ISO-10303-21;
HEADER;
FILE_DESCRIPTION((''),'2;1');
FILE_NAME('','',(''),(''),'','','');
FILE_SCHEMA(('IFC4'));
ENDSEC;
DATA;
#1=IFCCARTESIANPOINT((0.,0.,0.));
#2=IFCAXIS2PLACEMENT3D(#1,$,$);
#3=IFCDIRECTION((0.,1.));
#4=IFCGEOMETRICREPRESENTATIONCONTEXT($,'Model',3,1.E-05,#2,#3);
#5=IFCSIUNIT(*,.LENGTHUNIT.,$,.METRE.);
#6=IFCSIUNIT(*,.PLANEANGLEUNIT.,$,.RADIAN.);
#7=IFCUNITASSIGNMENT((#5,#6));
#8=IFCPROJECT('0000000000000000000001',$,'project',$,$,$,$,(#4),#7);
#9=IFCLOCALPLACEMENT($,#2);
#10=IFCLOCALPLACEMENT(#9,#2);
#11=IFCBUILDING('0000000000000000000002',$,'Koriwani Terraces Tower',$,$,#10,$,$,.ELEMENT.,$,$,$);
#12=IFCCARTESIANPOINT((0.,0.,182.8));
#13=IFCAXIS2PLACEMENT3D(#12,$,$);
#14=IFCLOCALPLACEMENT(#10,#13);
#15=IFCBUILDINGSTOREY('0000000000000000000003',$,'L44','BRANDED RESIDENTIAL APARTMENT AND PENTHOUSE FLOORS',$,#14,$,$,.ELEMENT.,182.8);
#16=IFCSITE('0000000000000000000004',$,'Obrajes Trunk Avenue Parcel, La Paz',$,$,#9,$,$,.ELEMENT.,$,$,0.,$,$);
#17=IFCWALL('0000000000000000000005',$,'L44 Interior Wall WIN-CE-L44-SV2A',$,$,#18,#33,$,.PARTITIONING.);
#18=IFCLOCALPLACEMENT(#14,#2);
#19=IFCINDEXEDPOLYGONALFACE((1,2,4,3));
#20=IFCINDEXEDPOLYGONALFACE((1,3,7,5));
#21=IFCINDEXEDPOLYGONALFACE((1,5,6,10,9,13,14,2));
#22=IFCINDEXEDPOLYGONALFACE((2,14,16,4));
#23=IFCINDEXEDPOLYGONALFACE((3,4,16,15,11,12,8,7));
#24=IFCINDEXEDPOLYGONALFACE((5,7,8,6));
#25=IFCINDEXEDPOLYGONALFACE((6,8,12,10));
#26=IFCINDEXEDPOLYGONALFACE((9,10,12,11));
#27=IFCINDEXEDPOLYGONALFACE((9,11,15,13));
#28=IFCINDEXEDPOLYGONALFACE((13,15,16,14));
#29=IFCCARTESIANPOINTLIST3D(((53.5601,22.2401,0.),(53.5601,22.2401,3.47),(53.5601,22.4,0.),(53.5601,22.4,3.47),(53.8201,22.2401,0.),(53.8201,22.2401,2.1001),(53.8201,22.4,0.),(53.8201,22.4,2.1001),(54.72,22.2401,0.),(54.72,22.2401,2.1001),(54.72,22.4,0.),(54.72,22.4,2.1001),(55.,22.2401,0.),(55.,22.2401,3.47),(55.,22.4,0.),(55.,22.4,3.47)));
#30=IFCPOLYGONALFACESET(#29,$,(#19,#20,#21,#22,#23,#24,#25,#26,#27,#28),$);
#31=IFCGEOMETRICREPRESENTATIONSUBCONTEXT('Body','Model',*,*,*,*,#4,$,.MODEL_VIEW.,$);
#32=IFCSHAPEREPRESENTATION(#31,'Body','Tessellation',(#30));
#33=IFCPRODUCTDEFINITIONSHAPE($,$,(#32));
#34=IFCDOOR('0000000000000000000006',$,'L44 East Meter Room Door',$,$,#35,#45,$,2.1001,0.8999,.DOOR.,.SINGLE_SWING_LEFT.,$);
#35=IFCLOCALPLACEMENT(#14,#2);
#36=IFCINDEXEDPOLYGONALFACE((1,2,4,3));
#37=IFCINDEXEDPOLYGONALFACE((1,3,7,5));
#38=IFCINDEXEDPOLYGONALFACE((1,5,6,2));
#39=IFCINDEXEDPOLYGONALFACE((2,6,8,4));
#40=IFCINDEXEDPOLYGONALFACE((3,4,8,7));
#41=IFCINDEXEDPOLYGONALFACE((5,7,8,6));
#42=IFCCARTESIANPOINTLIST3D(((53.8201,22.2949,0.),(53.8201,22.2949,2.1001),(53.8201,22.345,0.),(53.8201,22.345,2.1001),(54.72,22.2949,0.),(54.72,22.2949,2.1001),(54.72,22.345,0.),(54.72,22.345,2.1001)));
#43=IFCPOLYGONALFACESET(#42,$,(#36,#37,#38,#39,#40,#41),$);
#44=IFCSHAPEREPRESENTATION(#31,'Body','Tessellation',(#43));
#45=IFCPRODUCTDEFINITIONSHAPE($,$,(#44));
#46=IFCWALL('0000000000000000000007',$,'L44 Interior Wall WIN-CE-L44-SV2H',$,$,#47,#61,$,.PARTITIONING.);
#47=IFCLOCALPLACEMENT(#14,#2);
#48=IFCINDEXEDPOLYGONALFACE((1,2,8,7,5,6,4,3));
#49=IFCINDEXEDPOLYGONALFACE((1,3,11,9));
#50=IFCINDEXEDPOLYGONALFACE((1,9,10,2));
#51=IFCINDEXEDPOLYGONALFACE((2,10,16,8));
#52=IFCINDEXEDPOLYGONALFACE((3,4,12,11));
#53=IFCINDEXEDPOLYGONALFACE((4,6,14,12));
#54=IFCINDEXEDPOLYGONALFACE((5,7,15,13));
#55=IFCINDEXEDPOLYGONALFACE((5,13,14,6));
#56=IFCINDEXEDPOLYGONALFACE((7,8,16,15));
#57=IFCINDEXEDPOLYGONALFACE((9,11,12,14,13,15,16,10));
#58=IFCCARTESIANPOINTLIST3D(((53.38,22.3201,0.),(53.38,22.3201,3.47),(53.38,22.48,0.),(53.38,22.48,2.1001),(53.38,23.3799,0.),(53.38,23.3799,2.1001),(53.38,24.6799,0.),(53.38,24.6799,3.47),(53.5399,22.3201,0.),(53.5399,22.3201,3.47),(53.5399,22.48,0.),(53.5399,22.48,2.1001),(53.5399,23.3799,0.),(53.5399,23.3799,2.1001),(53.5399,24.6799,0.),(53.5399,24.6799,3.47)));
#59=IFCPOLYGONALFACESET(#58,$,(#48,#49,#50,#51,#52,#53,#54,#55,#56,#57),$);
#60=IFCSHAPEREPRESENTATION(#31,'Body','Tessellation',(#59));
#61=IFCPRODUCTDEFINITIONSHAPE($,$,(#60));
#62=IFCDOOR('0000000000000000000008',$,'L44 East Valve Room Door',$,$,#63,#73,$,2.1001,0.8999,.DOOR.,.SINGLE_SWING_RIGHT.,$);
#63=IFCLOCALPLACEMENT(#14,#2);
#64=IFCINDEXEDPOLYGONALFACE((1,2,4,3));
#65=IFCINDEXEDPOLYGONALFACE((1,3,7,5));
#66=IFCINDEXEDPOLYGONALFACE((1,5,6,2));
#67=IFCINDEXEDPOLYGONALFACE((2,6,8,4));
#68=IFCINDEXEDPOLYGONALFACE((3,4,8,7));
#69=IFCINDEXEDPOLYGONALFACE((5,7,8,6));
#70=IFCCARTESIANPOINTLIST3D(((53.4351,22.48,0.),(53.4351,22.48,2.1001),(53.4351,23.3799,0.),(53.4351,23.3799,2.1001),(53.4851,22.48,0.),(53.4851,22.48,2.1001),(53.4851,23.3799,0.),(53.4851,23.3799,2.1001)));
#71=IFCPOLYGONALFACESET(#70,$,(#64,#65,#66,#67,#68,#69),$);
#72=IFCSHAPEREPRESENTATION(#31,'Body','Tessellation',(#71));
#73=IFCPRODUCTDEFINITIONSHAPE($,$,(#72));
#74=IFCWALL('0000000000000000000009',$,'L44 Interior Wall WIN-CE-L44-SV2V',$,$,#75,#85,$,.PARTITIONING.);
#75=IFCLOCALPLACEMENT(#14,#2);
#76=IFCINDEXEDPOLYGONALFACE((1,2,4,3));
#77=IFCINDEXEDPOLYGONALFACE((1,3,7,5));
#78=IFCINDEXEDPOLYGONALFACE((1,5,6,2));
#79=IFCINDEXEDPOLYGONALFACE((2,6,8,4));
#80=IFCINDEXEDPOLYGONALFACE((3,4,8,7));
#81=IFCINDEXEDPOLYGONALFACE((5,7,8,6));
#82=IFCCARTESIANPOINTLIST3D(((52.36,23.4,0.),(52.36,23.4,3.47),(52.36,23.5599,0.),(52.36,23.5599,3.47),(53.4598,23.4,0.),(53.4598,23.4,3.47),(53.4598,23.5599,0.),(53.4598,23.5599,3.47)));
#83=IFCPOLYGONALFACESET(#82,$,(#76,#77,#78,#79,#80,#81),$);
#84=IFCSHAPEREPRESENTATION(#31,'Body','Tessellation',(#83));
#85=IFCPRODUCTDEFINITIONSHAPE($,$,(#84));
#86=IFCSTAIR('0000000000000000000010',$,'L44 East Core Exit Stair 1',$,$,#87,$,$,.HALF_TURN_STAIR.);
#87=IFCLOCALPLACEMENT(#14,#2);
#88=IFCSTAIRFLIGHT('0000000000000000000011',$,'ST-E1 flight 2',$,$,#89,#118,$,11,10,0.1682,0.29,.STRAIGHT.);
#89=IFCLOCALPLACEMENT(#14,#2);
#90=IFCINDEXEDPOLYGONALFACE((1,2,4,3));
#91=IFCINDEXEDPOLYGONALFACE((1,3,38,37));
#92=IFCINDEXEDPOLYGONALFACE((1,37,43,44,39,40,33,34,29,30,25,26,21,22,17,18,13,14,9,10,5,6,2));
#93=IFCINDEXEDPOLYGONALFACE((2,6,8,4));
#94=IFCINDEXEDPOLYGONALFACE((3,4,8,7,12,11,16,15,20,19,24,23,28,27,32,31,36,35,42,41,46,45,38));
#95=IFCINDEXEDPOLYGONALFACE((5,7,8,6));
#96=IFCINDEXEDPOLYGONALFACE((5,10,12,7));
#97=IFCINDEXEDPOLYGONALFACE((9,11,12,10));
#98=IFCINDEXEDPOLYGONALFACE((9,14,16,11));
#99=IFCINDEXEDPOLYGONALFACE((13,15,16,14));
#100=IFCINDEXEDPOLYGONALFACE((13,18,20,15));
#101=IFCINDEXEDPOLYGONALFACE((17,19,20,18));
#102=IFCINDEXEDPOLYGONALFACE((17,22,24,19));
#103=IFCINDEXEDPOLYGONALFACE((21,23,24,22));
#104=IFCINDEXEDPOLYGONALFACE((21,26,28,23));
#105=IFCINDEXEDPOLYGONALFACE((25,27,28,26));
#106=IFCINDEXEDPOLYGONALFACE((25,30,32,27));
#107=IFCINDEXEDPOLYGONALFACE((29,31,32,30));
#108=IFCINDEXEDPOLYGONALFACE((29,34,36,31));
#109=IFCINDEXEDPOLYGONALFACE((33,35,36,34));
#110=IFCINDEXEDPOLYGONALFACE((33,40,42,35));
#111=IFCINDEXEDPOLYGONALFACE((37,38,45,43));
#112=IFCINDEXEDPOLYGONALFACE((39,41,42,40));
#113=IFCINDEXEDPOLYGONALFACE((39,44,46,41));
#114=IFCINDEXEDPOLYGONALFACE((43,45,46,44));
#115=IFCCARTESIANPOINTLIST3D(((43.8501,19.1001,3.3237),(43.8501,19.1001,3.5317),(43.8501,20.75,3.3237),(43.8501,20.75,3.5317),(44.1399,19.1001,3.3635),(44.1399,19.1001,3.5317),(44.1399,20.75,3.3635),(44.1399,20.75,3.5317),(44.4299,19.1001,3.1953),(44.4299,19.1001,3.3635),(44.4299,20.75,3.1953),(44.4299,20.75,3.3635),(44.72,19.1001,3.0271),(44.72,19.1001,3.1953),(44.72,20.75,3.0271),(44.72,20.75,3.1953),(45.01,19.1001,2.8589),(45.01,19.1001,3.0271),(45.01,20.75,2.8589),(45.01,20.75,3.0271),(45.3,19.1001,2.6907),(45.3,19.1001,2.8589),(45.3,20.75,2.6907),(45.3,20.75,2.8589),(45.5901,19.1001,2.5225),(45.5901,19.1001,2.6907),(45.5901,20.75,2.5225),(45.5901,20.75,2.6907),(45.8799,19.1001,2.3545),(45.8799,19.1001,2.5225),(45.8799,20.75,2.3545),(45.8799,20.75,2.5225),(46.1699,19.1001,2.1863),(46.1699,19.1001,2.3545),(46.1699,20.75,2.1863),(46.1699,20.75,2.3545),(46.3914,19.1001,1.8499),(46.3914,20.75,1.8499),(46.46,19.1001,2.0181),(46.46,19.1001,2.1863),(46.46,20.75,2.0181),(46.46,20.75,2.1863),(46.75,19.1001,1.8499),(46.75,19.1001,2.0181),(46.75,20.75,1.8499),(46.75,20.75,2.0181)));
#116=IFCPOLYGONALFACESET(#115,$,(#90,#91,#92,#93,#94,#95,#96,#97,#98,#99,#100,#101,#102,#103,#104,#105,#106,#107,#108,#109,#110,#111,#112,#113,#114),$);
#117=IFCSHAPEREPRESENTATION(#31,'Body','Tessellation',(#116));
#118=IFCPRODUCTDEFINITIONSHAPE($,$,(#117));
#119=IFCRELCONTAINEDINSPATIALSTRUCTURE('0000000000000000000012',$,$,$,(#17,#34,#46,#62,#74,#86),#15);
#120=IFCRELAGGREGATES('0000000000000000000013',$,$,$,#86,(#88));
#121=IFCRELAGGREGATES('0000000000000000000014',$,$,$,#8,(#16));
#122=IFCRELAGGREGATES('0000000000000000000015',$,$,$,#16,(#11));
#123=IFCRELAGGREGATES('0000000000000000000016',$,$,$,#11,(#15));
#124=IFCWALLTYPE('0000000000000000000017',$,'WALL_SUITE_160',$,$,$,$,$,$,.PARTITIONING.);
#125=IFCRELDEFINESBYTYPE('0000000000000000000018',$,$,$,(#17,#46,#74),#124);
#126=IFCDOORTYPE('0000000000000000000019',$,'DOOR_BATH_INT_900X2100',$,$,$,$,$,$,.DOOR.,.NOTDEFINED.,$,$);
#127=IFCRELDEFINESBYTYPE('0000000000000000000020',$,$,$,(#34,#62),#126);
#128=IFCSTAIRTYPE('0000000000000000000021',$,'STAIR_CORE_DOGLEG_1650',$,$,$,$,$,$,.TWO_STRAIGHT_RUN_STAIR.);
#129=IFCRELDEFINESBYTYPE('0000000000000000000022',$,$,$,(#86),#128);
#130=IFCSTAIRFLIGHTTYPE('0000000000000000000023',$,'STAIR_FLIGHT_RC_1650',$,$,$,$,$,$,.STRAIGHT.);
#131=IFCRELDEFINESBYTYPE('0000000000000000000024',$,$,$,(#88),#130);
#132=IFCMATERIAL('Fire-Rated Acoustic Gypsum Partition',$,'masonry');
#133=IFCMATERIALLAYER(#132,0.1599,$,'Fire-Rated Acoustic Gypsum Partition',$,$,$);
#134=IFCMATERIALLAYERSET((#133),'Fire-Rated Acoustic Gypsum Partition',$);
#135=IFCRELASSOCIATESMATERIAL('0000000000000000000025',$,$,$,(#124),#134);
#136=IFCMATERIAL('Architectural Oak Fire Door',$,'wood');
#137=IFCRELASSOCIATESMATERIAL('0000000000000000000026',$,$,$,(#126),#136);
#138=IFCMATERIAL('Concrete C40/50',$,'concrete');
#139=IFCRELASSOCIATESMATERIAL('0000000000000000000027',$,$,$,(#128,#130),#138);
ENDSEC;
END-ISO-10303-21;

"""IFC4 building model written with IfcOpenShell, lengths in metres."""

from ifc_helpers import new_model, si_unit, direction, frame, frame_2d, origin, place, context, subcontext, project, spatial, polyline, rectangle, outline, extrude, material, layer, layer_set, type_object, element, fill, aggregate, save


model = new_model("IFC4")

# Units and contexts
model_context = context("Model", 3, precision=1e-05, world=origin(), true_north=direction((0.0, 1.0)))
body_context = subcontext(model_context, "Body", "Model", "MODEL_VIEW")
ifc_project = project(units=[si_unit("LENGTHUNIT", "METRE"), si_unit("PLANEANGLEUNIT", "RADIAN")], contexts=[model_context])

# Site, building, storey
site_placement = place(None, origin())
site = spatial("IfcSite", under=ifc_project, at=site_placement, Name="Obrajes Trunk Avenue Parcel, La Paz", CompositionType="ELEMENT", RefElevation=0.0)
building_placement = place(site_placement, origin())
building = spatial("IfcBuilding", under=site, at=building_placement, Name="Koriwani Terraces Tower", CompositionType="ELEMENT")
storey_placement = place(building_placement, frame((0.0, 0.0, 182.8)))
storey = spatial("IfcBuildingStorey", under=building, at=storey_placement, Name="L44", Description="BRANDED RESIDENTIAL APARTMENT AND PENTHOUSE FLOORS", CompositionType="ELEMENT", Elevation=182.8)

# Shared definitions
ifc_material_1 = material(Name="Concrete C40/50", Category="concrete")

# Walls, openings, doors
ifc_material_2 = material(Name="Fire-Rated Acoustic Gypsum Partition", Category="masonry")
ifc_layer_1 = layer(ifc_material_2, 0.1599, Name="Fire-Rated Acoustic Gypsum Partition")
ifc_layer_set_1 = layer_set([ifc_layer_1], Name="Fire-Rated Acoustic Gypsum Partition")
wall_type_1 = type_object("IfcWallType", Name="WALL_SUITE_160", PredefinedType="PARTITIONING", material=ifc_layer_set_1)
wall_1_placement = place(storey_placement, frame((53.5601, 22.3201, 0.0), z_axis=(0.0, 0.0, 1.0), x_axis=(1.0, 0.0, 0.0)))
wall_1 = element("IfcWall", 1, at=wall_1_placement, inside=storey, type_object=wall_type_1, Name="L44 Interior Wall WIN-CE-L44-SV2A", PredefinedType="PARTITIONING", context=body_context, shape_type="SweptSolid", body=[
    extrude(rectangle(XDim=1.4399, YDim=0.1599, at=frame_2d((0.72, 0.0))), origin(), (0.0, 0.0, 1.0), 3.47),
])
opening_1_placement = place(wall_1_placement, frame((0.26, 0.0, 0.0)))
opening_1 = element("IfcOpeningElement", 2, at=opening_1_placement, cuts=wall_1, PredefinedType="OPENING", context=body_context, shape_type="SweptSolid", body=[
    extrude(rectangle(XDim=0.8999, YDim=2.1001, at=frame_2d((0.45, 1.05))), frame((0.0, 0.0898, 0.0), z_axis=(0.0, -1.0, 0.0), x_axis=(1.0, 0.0, 0.0)), (0.0, 0.0, 1.0), 0.1799),
])
ifc_material_3 = material(Name="Architectural Oak Fire Door", Category="wood")
door_type_1 = type_object("IfcDoorType", Name="DOOR_BATH_INT_900X2100", OperationType="NOTDEFINED", PredefinedType="DOOR", material=ifc_material_3)
door_1_placement = place(opening_1_placement, origin())
door_1 = element("IfcDoor", 3, at=door_1_placement, inside=storey, type_object=door_type_1, Name="L44 East Meter Room Door", OperationType="SINGLE_SWING_LEFT", OverallHeight=2.1001, OverallWidth=0.8999, PredefinedType="DOOR", context=body_context, shape_type="SweptSolid", body=[
    extrude(rectangle(XDim=0.8999, YDim=2.1001, at=frame_2d((0.45, 1.05))), frame((0.0, 0.0249, 0.0), z_axis=(0.0, -1.0, 0.0), x_axis=(1.0, 0.0, 0.0)), (0.0, 0.0, 1.0), 0.05),
])
fill(opening_1, door_1)
wall_2_placement = place(storey_placement, frame((53.46, 22.3201, 0.0), z_axis=(0.0, 0.0, 1.0), x_axis=(0.0, 1.0, 0.0)))
wall_2 = element("IfcWall", 4, at=wall_2_placement, inside=storey, type_object=wall_type_1, Name="L44 Interior Wall WIN-CE-L44-SV2H", PredefinedType="PARTITIONING", context=body_context, shape_type="SweptSolid", body=[
    extrude(rectangle(XDim=2.3599, YDim=0.1599, at=frame_2d((1.1799, 0.0))), origin(), (0.0, 0.0, 1.0), 3.47),
])
opening_2_placement = place(wall_2_placement, frame((0.1599, 0.0, 0.0)))
opening_2 = element("IfcOpeningElement", 5, at=opening_2_placement, cuts=wall_2, PredefinedType="OPENING", context=body_context, shape_type="SweptSolid", body=[
    extrude(rectangle(XDim=0.8999, YDim=2.1001, at=frame_2d((0.45, 1.05))), frame((0.0, 0.0898, 0.0), z_axis=(0.0, -1.0, 0.0), x_axis=(1.0, 0.0, 0.0)), (0.0, 0.0, 1.0), 0.1799),
])
door_2_placement = place(opening_2_placement, origin())
door_2 = element("IfcDoor", 6, at=door_2_placement, inside=storey, type_object=door_type_1, Name="L44 East Valve Room Door", OperationType="SINGLE_SWING_RIGHT", OverallHeight=2.1001, OverallWidth=0.8999, PredefinedType="DOOR", context=body_context, shape_type="SweptSolid", body=[
    extrude(rectangle(XDim=0.8999, YDim=2.1001, at=frame_2d((0.45, 1.05))), frame((0.0, 0.0249, 0.0), z_axis=(0.0, -1.0, 0.0), x_axis=(1.0, 0.0, 0.0)), (0.0, 0.0, 1.0), 0.05),
])
fill(opening_2, door_2)

# Wall
wall_3_placement = place(storey_placement, frame((52.3601, 23.48, 0.0), z_axis=(0.0, 0.0, 1.0), x_axis=(1.0, 0.0, 0.0)))
element("IfcWall", 7, at=wall_3_placement, inside=storey, type_object=wall_type_1, Name="L44 Interior Wall WIN-CE-L44-SV2V", PredefinedType="PARTITIONING", context=body_context, shape_type="SweptSolid", body=[
    extrude(rectangle(XDim=1.0999, YDim=0.1599, at=frame_2d((0.5498, 0.0))), origin(), (0.0, 0.0, 1.0), 3.47),
])

# Stair, stair flight
stair_type = type_object("IfcStairType", Name="STAIR_CORE_DOGLEG_1650", PredefinedType="TWO_STRAIGHT_RUN_STAIR", material=ifc_material_1)
stair_placement = place(storey_placement, origin())
stair = element("IfcStair", 8, at=stair_placement, inside=storey, type_object=stair_type, Name="L44 East Core Exit Stair 1", PredefinedType="HALF_TURN_STAIR")
stair_flight_type = type_object("IfcStairFlightType", Name="STAIR_FLIGHT_RC_1650", PredefinedType="STRAIGHT", material=ifc_material_1)
stair_flight_placement = place(storey_placement, frame((46.75, 19.925, 1.8499), z_axis=(0.0, 0.0, 1.0), x_axis=(-1.0, 0.0, 0.0)))
stair_flight = element("IfcStairFlight", 9, at=stair_flight_placement, type_object=stair_flight_type, Name="ST-E1 flight 2", NumberOfRisers=11, NumberOfTreads=10, PredefinedType="STRAIGHT", RiserHeight=0.1682, TreadLength=0.29, context=body_context, shape_type="SweptSolid", body=[
    extrude(outline(polyline([(0.0, 0.0), (0.0, 0.1682), (0.29, 0.1682), (0.29, 0.3364), (0.5801, 0.3364), (0.5801, 0.5046), (0.8701, 0.5046), (0.8701, 0.6726), (1.1599, 0.6726), (1.1599, 0.8408), (1.45, 0.8408), (1.45, 1.009), (1.74, 1.009), (1.74, 1.1772), (2.03, 1.1772), (2.03, 1.3455), (2.3201, 1.3455), (2.3201, 1.5137), (2.6101, 1.5137), (2.6101, 1.6819), (2.8999, 1.6819), (2.8999, 1.8501), (2.8999, 1.4739), (0.3586, 0.0), (0.0, 0.0)])), frame((0.0, 0.825, 0.0), z_axis=(0.0, -1.0, 0.0), x_axis=(1.0, 0.0, 0.0)), (0.0, 0.0, 1.0), 1.6499),
])
aggregate(stair, [stair_flight])

save(model, "model.ifc")
